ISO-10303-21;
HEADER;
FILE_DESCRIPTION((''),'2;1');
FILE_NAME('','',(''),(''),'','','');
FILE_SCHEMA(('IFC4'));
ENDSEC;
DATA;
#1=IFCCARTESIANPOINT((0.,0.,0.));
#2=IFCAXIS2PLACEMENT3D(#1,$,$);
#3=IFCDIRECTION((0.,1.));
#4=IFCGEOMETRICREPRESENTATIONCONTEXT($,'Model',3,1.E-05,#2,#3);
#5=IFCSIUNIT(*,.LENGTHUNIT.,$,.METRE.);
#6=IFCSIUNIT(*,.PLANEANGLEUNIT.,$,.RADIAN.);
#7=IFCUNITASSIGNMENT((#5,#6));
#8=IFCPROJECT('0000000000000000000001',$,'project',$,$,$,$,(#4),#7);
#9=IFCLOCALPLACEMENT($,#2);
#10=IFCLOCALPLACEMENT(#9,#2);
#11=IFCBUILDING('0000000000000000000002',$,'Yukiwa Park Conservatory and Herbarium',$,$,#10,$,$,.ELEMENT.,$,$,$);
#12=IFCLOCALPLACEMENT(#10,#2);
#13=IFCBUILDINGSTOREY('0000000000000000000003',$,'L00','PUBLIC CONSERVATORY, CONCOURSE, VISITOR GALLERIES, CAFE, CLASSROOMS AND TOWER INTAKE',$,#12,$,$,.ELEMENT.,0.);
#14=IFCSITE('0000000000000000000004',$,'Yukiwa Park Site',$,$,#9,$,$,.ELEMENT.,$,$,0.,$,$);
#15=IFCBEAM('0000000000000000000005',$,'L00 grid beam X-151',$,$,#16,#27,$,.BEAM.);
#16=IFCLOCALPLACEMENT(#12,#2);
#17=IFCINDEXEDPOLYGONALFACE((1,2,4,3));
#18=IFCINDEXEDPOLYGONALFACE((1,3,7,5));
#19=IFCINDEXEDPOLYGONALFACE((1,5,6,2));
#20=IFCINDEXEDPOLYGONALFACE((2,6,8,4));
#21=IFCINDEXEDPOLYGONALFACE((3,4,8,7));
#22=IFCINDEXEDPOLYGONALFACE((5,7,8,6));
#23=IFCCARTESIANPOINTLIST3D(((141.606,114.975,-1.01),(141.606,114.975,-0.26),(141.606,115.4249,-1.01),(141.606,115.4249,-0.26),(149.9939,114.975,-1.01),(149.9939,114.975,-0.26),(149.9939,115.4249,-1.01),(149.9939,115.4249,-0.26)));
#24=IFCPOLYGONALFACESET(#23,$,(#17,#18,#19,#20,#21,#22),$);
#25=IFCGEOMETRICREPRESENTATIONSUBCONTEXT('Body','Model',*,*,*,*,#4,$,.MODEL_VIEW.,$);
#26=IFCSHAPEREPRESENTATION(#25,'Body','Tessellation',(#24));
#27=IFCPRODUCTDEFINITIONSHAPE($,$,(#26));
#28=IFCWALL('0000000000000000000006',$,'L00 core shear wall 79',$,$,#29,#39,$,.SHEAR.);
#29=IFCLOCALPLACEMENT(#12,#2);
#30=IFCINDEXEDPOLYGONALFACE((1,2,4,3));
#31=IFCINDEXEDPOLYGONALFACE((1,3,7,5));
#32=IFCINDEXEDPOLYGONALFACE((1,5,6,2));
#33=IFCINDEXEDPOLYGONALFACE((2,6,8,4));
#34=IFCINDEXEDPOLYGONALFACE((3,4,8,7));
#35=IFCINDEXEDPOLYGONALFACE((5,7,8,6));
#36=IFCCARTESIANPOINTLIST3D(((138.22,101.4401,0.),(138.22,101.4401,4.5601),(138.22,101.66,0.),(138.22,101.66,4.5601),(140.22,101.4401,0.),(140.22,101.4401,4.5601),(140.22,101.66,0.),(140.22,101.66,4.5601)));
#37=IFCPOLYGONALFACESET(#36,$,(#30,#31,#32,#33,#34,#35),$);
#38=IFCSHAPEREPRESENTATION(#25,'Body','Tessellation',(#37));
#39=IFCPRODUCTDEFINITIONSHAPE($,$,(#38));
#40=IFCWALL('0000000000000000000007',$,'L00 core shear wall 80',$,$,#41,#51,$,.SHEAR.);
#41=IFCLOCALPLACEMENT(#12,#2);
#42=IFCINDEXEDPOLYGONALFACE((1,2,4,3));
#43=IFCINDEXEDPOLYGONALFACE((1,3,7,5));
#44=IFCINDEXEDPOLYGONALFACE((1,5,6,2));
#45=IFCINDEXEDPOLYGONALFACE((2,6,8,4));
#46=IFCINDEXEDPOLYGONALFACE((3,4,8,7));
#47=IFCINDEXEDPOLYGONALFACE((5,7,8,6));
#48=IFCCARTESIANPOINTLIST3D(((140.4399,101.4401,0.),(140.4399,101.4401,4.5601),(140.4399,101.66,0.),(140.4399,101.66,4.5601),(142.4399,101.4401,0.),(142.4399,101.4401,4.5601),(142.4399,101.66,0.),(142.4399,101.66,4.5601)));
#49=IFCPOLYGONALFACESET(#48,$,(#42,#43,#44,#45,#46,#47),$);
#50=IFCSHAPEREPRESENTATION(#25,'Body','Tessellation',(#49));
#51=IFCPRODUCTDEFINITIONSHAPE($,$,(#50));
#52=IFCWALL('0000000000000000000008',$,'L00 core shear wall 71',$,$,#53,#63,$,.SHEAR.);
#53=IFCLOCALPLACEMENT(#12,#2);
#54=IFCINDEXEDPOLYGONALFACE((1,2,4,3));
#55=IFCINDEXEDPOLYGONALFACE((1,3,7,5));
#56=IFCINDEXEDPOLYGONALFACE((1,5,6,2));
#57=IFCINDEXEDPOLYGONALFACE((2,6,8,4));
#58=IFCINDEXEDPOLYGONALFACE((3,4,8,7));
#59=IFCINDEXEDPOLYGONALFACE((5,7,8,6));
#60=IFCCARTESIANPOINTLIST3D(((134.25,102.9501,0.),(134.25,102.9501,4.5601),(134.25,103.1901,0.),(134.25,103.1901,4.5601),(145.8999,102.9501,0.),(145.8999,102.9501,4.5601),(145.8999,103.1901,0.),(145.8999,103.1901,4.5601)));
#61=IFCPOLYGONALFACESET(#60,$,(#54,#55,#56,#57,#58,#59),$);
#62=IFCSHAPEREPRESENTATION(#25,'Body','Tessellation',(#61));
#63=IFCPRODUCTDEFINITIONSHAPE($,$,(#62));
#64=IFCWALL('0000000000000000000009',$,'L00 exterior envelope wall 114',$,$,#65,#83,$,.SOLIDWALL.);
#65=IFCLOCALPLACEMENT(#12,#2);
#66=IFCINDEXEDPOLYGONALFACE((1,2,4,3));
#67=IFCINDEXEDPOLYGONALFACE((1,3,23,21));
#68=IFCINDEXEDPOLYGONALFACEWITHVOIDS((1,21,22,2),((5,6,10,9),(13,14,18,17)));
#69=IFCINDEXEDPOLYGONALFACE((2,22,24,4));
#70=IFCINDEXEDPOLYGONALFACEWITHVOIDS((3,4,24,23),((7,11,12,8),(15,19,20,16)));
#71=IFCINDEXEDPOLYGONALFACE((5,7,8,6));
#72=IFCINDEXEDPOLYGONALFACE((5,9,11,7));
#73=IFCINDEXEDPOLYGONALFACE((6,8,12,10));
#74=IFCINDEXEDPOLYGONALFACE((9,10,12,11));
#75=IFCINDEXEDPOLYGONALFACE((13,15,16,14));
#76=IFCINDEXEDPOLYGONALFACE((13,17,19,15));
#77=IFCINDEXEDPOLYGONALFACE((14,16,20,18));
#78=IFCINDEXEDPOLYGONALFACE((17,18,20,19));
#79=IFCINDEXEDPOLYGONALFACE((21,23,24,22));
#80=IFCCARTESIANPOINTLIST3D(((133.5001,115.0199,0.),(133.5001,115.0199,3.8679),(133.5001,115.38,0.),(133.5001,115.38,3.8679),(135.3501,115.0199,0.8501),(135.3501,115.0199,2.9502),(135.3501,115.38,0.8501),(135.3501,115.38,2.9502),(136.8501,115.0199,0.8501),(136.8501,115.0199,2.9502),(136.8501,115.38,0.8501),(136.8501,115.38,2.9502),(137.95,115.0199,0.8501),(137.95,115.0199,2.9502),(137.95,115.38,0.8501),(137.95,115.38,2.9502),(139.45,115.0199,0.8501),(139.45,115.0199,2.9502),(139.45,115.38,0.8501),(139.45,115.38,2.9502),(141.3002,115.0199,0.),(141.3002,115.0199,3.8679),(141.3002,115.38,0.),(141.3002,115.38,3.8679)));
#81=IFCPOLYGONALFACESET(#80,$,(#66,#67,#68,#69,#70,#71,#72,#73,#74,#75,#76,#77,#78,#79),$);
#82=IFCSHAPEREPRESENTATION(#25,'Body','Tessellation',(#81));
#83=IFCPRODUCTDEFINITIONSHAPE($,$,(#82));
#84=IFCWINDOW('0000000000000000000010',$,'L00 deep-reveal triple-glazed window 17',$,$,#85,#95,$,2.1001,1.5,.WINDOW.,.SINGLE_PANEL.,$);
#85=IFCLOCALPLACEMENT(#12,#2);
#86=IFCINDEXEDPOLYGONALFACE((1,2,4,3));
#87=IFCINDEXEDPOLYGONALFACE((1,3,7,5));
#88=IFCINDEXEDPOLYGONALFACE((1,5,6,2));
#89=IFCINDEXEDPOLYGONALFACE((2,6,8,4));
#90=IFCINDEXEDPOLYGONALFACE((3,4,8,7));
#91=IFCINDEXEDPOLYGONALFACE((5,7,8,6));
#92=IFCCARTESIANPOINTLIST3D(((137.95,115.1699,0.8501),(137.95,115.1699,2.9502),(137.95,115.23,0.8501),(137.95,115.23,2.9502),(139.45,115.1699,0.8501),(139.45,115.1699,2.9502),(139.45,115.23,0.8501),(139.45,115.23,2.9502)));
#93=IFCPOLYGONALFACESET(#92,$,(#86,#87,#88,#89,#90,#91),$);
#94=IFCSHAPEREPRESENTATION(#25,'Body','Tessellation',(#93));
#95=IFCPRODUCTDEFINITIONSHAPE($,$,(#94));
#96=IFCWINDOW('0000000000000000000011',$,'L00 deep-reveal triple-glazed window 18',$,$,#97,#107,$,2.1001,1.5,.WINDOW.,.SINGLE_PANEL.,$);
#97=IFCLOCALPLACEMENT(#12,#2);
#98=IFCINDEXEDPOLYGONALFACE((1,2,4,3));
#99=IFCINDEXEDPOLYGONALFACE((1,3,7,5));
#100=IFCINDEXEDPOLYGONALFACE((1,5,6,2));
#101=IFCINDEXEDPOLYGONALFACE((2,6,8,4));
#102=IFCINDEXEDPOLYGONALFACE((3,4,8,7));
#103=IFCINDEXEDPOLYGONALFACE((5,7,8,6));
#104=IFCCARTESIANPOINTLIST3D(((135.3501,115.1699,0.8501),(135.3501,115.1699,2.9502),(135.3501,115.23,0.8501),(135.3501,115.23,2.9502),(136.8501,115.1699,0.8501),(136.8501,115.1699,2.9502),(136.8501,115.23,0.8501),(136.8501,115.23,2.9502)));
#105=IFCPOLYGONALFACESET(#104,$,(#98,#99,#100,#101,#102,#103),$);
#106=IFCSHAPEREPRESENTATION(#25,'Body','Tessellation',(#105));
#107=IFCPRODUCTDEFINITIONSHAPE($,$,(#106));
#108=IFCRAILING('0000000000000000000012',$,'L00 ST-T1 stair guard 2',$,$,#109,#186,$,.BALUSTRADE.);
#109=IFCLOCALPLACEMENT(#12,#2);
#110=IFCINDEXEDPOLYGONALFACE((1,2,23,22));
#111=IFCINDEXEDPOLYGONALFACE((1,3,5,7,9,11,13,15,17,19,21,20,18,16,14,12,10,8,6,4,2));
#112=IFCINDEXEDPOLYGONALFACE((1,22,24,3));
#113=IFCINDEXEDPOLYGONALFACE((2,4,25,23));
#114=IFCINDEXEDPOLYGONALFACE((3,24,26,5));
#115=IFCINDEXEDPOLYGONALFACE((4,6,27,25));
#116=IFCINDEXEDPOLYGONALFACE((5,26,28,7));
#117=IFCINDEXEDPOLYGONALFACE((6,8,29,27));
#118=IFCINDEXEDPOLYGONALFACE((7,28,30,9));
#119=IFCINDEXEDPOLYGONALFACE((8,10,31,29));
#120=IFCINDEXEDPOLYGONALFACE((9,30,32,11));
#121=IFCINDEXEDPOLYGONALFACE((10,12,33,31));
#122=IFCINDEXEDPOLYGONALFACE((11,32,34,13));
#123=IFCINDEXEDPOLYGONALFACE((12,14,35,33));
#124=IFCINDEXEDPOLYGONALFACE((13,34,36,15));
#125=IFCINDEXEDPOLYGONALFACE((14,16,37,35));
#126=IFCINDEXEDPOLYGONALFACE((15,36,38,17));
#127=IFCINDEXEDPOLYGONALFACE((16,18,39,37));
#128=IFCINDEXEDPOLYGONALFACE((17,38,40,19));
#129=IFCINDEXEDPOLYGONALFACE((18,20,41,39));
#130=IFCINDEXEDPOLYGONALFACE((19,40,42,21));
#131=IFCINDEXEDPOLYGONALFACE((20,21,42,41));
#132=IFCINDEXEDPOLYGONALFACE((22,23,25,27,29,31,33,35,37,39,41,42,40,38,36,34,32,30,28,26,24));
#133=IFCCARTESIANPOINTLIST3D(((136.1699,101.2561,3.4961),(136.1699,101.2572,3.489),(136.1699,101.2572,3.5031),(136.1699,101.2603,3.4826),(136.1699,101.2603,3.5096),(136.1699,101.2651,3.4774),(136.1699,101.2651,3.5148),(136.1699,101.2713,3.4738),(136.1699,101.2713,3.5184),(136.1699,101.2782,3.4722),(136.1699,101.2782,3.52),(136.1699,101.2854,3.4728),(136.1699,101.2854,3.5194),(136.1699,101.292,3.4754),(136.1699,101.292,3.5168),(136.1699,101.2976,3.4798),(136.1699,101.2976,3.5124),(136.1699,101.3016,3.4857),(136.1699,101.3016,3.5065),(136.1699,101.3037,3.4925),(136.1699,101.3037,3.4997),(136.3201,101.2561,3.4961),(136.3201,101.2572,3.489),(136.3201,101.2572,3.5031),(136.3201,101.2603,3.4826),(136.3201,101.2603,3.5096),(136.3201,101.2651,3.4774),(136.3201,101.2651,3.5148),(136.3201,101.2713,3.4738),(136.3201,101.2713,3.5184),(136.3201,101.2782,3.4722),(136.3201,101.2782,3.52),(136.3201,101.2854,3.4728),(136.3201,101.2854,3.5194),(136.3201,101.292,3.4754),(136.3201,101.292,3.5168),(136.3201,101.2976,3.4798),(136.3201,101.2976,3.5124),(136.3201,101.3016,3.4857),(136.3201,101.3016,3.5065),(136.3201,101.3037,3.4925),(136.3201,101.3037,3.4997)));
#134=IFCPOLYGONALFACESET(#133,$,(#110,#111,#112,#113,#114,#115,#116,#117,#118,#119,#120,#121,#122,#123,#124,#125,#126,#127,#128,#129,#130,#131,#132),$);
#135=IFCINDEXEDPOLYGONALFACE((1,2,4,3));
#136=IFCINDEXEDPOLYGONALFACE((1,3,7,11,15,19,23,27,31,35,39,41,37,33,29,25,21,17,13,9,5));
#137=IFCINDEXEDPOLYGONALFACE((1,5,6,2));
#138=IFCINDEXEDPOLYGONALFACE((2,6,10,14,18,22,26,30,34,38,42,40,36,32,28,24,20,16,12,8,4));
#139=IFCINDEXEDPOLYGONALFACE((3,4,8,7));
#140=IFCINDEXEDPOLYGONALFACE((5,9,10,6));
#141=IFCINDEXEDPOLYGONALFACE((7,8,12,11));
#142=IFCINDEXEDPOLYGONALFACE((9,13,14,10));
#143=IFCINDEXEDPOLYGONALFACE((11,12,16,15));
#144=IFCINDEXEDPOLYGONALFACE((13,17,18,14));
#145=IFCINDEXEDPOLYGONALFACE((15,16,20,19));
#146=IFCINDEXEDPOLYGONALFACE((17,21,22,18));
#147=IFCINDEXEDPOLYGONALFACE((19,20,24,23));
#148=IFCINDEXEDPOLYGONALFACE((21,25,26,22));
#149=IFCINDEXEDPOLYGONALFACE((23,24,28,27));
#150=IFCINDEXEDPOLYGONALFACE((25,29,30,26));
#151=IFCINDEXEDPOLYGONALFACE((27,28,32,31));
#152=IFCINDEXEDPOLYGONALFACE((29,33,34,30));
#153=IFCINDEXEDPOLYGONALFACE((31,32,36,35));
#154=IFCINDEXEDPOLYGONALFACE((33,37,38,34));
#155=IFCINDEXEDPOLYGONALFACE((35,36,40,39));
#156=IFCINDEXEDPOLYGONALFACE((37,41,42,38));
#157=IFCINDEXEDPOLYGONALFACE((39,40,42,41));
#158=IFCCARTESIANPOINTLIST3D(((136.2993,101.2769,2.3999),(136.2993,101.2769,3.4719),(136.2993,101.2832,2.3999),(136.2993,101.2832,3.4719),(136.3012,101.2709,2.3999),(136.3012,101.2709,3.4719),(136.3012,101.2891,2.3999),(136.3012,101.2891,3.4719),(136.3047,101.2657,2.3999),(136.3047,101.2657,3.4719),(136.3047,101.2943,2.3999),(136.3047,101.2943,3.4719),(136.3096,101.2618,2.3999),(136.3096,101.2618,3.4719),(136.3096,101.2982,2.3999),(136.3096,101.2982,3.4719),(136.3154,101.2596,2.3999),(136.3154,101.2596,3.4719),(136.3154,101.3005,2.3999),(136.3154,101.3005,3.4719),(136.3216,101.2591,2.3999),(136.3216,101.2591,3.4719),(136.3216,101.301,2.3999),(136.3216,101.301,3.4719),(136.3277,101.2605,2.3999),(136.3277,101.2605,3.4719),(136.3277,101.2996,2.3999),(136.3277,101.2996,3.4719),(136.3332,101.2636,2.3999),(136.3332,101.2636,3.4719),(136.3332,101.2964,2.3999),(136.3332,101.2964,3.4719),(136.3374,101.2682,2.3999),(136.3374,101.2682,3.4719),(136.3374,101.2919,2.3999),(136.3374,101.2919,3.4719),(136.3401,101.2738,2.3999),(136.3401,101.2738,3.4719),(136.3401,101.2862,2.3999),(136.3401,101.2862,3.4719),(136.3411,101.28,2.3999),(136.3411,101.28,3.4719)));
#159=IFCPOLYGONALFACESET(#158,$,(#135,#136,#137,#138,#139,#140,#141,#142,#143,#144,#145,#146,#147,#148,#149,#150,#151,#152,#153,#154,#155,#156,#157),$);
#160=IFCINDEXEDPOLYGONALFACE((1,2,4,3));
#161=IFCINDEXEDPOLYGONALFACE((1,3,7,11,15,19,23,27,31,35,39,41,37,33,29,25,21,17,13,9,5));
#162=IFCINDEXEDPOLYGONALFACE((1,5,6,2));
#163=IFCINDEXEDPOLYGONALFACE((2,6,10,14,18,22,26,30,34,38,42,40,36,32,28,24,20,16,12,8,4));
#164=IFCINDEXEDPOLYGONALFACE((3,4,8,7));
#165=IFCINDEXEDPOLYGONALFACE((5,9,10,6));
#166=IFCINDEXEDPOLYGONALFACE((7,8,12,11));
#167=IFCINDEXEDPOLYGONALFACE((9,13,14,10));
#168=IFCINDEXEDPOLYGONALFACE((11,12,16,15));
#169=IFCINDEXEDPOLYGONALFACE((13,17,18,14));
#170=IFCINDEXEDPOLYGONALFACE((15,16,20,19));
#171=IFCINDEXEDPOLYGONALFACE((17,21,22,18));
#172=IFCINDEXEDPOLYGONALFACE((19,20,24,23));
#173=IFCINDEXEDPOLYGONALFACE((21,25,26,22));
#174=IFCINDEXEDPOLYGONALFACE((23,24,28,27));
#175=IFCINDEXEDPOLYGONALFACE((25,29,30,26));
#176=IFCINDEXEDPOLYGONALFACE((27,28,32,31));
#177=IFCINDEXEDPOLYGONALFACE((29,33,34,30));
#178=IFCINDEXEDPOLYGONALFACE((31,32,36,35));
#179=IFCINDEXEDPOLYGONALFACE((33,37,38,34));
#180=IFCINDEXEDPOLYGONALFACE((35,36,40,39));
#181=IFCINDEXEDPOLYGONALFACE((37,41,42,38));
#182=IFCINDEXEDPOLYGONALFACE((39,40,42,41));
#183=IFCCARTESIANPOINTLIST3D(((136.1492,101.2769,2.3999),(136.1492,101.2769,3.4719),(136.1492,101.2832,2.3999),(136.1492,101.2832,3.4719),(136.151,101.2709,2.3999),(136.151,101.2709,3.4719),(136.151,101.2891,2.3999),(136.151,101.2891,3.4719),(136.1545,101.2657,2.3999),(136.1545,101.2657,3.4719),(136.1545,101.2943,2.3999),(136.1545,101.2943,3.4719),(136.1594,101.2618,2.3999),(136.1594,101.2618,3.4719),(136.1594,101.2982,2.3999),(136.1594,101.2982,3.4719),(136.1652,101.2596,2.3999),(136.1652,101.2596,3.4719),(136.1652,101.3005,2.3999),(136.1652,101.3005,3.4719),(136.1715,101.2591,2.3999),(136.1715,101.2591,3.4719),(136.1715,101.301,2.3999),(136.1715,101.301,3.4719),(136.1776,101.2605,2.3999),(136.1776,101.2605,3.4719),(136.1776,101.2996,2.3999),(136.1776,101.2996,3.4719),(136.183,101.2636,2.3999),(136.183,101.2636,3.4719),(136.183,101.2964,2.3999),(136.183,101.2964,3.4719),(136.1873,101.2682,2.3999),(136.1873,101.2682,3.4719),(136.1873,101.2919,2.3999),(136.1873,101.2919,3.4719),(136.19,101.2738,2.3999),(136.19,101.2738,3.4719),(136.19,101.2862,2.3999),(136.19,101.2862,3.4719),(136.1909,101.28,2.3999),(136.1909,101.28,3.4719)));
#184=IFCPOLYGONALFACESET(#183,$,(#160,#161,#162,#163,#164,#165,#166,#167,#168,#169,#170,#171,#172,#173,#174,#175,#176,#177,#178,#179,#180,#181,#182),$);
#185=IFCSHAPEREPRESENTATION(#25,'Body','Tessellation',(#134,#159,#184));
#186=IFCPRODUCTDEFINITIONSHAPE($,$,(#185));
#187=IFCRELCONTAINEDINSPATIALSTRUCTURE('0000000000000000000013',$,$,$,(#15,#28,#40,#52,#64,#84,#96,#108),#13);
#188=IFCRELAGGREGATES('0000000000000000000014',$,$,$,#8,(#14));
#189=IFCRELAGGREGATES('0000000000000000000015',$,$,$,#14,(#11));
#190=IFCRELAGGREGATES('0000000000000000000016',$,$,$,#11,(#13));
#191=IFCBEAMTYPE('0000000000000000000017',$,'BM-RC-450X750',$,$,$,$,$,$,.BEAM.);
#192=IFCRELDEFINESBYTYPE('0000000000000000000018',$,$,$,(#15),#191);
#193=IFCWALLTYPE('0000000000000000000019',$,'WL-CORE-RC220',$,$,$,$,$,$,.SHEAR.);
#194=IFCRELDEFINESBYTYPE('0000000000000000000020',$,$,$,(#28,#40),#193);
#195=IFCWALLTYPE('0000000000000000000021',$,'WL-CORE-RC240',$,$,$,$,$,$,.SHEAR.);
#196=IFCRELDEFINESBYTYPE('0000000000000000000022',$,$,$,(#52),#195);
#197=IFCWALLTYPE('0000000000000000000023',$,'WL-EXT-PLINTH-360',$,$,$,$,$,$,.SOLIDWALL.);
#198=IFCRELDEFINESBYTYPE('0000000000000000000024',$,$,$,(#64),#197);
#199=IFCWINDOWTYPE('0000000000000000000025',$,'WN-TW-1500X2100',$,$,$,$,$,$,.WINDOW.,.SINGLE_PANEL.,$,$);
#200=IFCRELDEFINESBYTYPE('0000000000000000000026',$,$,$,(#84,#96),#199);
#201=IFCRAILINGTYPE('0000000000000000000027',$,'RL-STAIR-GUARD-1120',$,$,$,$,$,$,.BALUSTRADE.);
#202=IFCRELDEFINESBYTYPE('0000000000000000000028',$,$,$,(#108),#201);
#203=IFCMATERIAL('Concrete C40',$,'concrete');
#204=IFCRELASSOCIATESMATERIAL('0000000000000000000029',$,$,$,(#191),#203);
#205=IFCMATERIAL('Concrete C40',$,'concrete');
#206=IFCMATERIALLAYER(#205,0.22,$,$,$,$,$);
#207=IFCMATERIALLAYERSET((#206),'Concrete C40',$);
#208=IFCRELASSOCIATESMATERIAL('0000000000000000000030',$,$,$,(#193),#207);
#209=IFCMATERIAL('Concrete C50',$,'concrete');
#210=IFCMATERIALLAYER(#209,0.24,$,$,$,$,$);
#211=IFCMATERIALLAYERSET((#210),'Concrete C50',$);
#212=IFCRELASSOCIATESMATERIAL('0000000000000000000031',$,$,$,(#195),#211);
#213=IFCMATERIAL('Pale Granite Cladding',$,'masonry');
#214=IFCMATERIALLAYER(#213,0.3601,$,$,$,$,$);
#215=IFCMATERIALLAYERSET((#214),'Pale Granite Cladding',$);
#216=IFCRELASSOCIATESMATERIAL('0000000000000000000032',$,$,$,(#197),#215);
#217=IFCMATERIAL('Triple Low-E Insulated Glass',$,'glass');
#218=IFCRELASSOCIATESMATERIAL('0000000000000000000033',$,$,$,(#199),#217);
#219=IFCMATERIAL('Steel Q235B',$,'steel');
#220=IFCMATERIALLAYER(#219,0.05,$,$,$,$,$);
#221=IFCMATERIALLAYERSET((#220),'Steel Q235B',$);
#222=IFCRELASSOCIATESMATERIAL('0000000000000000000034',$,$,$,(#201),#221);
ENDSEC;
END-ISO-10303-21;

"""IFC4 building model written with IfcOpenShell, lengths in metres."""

from ifc_helpers import new_model, si_unit, direction, frame, frame_2d, origin, origin_2d, place, context, subcontext, project, spatial, rectangle, circle, extrude, material, layer, layer_set, material_profile, profile_set, type_object, element, fill, save


model = new_model("IFC4")

# Units and contexts
model_context = context("Model", 3, precision=1e-05, world=origin(), true_north=direction((0.0, 1.0)))
body_context = subcontext(model_context, "Body", "Model", "MODEL_VIEW")
ifc_project = project(units=[si_unit("LENGTHUNIT", "METRE"), si_unit("PLANEANGLEUNIT", "RADIAN")], contexts=[model_context])

# Site, building, storey
site_placement = place(None, origin())
site = spatial("IfcSite", under=ifc_project, at=site_placement, Name="Yukiwa Park Site", CompositionType="ELEMENT", RefElevation=0.0)
building_placement = place(site_placement, origin())
building = spatial("IfcBuilding", under=site, at=building_placement, Name="Yukiwa Park Conservatory and Herbarium", CompositionType="ELEMENT")
storey_placement = place(building_placement, origin())
storey = spatial("IfcBuildingStorey", under=building, at=storey_placement, Name="L00", Description="PUBLIC CONSERVATORY, CONCOURSE, VISITOR GALLERIES, CAFE, CLASSROOMS AND TOWER INTAKE", CompositionType="ELEMENT", Elevation=0.0)

# Beam
ifc_material_1 = material(Name="Concrete C40", Category="concrete")
ifc_material_profile_1 = material_profile(ifc_material_1, rectangle(XDim=0.45, YDim=0.75, at=origin_2d()), Name="RC 450x750")
ifc_profile_set_1 = profile_set([ifc_material_profile_1], Name="Concrete C40")
beam_type_1 = type_object("IfcBeamType", Name="BM-RC-450X750", PredefinedType="BEAM", material=ifc_profile_set_1)
for number, where, z_axis, x_axis, name in (
    (1, (141.606, 115.2, -0.635), (1.0, 0.0, 0.0), (0.0, 1.0, 0.0), "L00 grid beam X-151"),
):
    element("IfcBeam", number, at=place(storey_placement, frame(where, z_axis=z_axis, x_axis=x_axis)), inside=storey, type_object=beam_type_1, Name=name, PredefinedType="BEAM", context=body_context, shape_type="SweptSolid", body=[
        extrude(rectangle(XDim=0.45, YDim=0.75, at=origin_2d()), origin(), (0.0, 0.0, 1.0), 8.3879),
    ])

# Walls
ifc_material_2 = material(Name="Concrete C40", Category="concrete")
ifc_layer_1 = layer(ifc_material_2, 0.22)
ifc_layer_set_1 = layer_set([ifc_layer_1], Name="Concrete C40")
wall_type_1 = type_object("IfcWallType", Name="WL-CORE-RC220", PredefinedType="SHEAR", material=ifc_layer_set_1)
for number, where, z_axis, x_axis, name in (
    (2, (138.22, 101.55, 0.0), (0.0, 0.0, 1.0), (1.0, 0.0, 0.0), "L00 core shear wall 79"),
    (3, (140.4399, 101.55, 0.0), (0.0, 0.0, 1.0), (1.0, 0.0, 0.0), "L00 core shear wall 80"),
):
    element("IfcWall", number, at=place(storey_placement, frame(where, z_axis=z_axis, x_axis=x_axis)), inside=storey, type_object=wall_type_1, Name=name, PredefinedType="SHEAR", context=body_context, shape_type="SweptSolid", body=[
        extrude(rectangle(XDim=2.0, YDim=0.22, at=frame_2d((1.0, 0.0))), origin(), (0.0, 0.0, 1.0), 4.5601),
    ])
ifc_material_3 = material(Name="Concrete C50", Category="concrete")
ifc_layer_2 = layer(ifc_material_3, 0.24)
ifc_layer_set_2 = layer_set([ifc_layer_2], Name="Concrete C50")
wall_type_2 = type_object("IfcWallType", Name="WL-CORE-RC240", PredefinedType="SHEAR", material=ifc_layer_set_2)
wall_1_placement = place(storey_placement, frame((134.25, 103.0701, 0.0), z_axis=(0.0, 0.0, 1.0), x_axis=(1.0, 0.0, 0.0)))
element("IfcWall", 4, at=wall_1_placement, inside=storey, type_object=wall_type_2, Name="L00 core shear wall 71", PredefinedType="SHEAR", context=body_context, shape_type="SweptSolid", body=[
    extrude(rectangle(XDim=11.6499, YDim=0.24, at=frame_2d((5.825, 0.0))), origin(), (0.0, 0.0, 1.0), 4.5601),
])

# Wall, openings, windows
ifc_material_4 = material(Name="Pale Granite Cladding", Category="masonry")
ifc_layer_3 = layer(ifc_material_4, 0.3601)
ifc_layer_set_3 = layer_set([ifc_layer_3], Name="Pale Granite Cladding")
wall_type_3 = type_object("IfcWallType", Name="WL-EXT-PLINTH-360", PredefinedType="SOLIDWALL", material=ifc_layer_set_3)
wall_2_placement = place(storey_placement, frame((141.3, 115.2, 0.0), z_axis=(0.0, 0.0, 1.0), x_axis=(-1.0, 0.0, 0.0)))
wall_2 = element("IfcWall", 5, at=wall_2_placement, inside=storey, type_object=wall_type_3, Name="L00 exterior envelope wall 114", PredefinedType="SOLIDWALL", context=body_context, shape_type="SweptSolid", body=[
    extrude(rectangle(XDim=7.8, YDim=0.3601, at=frame_2d((3.8999, 0.0))), origin(), (0.0, 0.0, 1.0), 3.8679),
])
opening_1_placement = place(wall_2_placement, frame((1.8501, 0.0, 0.8501)))
opening_1 = element("IfcOpeningElement", 6, at=opening_1_placement, cuts=wall_2, PredefinedType="OPENING", context=body_context, shape_type="SweptSolid", body=[
    extrude(rectangle(XDim=1.5, YDim=2.1001, at=frame_2d((0.75, 1.05))), frame((0.0, 0.1899, 0.0), z_axis=(0.0, -1.0, 0.0), x_axis=(1.0, 0.0, 0.0)), (0.0, 0.0, 1.0), 0.3801),
])
opening_2_placement = place(wall_2_placement, frame((4.45, 0.0, 0.8501)))
opening_2 = element("IfcOpeningElement", 7, at=opening_2_placement, cuts=wall_2, PredefinedType="OPENING", context=body_context, shape_type="SweptSolid", body=[
    extrude(rectangle(XDim=1.5, YDim=2.1001, at=frame_2d((0.75, 1.05))), frame((0.0, 0.1899, 0.0), z_axis=(0.0, -1.0, 0.0), x_axis=(1.0, 0.0, 0.0)), (0.0, 0.0, 1.0), 0.3801),
])
ifc_material_5 = material(Name="Triple Low-E Insulated Glass", Category="glass")
window_type = type_object("IfcWindowType", Name="WN-TW-1500X2100", PartitioningType="SINGLE_PANEL", PredefinedType="WINDOW", material=ifc_material_5)
window_1_placement = place(opening_1_placement, origin())
window_1 = element("IfcWindow", 8, at=window_1_placement, inside=storey, type_object=window_type, Name="L00 deep-reveal triple-glazed window 17", OverallHeight=2.1001, OverallWidth=1.5, PartitioningType="SINGLE_PANEL", PredefinedType="WINDOW", context=body_context, shape_type="SweptSolid", body=[
    extrude(rectangle(XDim=1.5, YDim=2.1001, at=frame_2d((0.75, 1.05))), frame((0.0, 0.03, 0.0), z_axis=(0.0, -1.0, 0.0), x_axis=(1.0, 0.0, 0.0)), (0.0, 0.0, 1.0), 0.0601),
])
fill(opening_1, window_1)
window_2_placement = place(opening_2_placement, origin())
window_2 = element("IfcWindow", 9, at=window_2_placement, inside=storey, type_object=window_type, Name="L00 deep-reveal triple-glazed window 18", OverallHeight=2.1001, OverallWidth=1.5, PartitioningType="SINGLE_PANEL", PredefinedType="WINDOW", context=body_context, shape_type="SweptSolid", body=[
    extrude(rectangle(XDim=1.5, YDim=2.1001, at=frame_2d((0.75, 1.05))), frame((0.0, 0.03, 0.0), z_axis=(0.0, -1.0, 0.0), x_axis=(1.0, 0.0, 0.0)), (0.0, 0.0, 1.0), 0.0601),
])
fill(opening_2, window_2)

# Railing
ifc_material_6 = material(Name="Steel Q235B", Category="steel")
ifc_layer_4 = layer(ifc_material_6, 0.05)
ifc_layer_set_4 = layer_set([ifc_layer_4], Name="Steel Q235B")
railing_type = type_object("IfcRailingType", Name="RL-STAIR-GUARD-1120", PredefinedType="BALUSTRADE", material=ifc_layer_set_4)
railing_placement = place(storey_placement, frame((136.3201, 101.28, 2.3999)))
element("IfcRailing", 10, at=railing_placement, inside=storey, type_object=railing_type, Name="L00 ST-T1 stair guard 2", PredefinedType="BALUSTRADE", context=body_context, shape_type="SweptSolid", body=[
    extrude(circle(Radius=0.0239, at=origin_2d()), frame((0.0, 0.0, 1.0962), z_axis=(-1.0, 0.0, 0.0), x_axis=(0.0, -1.0, 0.0)), (0.0, 0.0, 1.0), 0.1501),
    extrude(circle(Radius=0.021, at=origin_2d()), origin(), (0.0, 0.0, 1.0), 1.072),
    extrude(circle(Radius=0.021, at=origin_2d()), frame((-0.1501, 0.0, 0.0)), (0.0, 0.0, 1.0), 1.072),
])

save(model, "model.ifc")
